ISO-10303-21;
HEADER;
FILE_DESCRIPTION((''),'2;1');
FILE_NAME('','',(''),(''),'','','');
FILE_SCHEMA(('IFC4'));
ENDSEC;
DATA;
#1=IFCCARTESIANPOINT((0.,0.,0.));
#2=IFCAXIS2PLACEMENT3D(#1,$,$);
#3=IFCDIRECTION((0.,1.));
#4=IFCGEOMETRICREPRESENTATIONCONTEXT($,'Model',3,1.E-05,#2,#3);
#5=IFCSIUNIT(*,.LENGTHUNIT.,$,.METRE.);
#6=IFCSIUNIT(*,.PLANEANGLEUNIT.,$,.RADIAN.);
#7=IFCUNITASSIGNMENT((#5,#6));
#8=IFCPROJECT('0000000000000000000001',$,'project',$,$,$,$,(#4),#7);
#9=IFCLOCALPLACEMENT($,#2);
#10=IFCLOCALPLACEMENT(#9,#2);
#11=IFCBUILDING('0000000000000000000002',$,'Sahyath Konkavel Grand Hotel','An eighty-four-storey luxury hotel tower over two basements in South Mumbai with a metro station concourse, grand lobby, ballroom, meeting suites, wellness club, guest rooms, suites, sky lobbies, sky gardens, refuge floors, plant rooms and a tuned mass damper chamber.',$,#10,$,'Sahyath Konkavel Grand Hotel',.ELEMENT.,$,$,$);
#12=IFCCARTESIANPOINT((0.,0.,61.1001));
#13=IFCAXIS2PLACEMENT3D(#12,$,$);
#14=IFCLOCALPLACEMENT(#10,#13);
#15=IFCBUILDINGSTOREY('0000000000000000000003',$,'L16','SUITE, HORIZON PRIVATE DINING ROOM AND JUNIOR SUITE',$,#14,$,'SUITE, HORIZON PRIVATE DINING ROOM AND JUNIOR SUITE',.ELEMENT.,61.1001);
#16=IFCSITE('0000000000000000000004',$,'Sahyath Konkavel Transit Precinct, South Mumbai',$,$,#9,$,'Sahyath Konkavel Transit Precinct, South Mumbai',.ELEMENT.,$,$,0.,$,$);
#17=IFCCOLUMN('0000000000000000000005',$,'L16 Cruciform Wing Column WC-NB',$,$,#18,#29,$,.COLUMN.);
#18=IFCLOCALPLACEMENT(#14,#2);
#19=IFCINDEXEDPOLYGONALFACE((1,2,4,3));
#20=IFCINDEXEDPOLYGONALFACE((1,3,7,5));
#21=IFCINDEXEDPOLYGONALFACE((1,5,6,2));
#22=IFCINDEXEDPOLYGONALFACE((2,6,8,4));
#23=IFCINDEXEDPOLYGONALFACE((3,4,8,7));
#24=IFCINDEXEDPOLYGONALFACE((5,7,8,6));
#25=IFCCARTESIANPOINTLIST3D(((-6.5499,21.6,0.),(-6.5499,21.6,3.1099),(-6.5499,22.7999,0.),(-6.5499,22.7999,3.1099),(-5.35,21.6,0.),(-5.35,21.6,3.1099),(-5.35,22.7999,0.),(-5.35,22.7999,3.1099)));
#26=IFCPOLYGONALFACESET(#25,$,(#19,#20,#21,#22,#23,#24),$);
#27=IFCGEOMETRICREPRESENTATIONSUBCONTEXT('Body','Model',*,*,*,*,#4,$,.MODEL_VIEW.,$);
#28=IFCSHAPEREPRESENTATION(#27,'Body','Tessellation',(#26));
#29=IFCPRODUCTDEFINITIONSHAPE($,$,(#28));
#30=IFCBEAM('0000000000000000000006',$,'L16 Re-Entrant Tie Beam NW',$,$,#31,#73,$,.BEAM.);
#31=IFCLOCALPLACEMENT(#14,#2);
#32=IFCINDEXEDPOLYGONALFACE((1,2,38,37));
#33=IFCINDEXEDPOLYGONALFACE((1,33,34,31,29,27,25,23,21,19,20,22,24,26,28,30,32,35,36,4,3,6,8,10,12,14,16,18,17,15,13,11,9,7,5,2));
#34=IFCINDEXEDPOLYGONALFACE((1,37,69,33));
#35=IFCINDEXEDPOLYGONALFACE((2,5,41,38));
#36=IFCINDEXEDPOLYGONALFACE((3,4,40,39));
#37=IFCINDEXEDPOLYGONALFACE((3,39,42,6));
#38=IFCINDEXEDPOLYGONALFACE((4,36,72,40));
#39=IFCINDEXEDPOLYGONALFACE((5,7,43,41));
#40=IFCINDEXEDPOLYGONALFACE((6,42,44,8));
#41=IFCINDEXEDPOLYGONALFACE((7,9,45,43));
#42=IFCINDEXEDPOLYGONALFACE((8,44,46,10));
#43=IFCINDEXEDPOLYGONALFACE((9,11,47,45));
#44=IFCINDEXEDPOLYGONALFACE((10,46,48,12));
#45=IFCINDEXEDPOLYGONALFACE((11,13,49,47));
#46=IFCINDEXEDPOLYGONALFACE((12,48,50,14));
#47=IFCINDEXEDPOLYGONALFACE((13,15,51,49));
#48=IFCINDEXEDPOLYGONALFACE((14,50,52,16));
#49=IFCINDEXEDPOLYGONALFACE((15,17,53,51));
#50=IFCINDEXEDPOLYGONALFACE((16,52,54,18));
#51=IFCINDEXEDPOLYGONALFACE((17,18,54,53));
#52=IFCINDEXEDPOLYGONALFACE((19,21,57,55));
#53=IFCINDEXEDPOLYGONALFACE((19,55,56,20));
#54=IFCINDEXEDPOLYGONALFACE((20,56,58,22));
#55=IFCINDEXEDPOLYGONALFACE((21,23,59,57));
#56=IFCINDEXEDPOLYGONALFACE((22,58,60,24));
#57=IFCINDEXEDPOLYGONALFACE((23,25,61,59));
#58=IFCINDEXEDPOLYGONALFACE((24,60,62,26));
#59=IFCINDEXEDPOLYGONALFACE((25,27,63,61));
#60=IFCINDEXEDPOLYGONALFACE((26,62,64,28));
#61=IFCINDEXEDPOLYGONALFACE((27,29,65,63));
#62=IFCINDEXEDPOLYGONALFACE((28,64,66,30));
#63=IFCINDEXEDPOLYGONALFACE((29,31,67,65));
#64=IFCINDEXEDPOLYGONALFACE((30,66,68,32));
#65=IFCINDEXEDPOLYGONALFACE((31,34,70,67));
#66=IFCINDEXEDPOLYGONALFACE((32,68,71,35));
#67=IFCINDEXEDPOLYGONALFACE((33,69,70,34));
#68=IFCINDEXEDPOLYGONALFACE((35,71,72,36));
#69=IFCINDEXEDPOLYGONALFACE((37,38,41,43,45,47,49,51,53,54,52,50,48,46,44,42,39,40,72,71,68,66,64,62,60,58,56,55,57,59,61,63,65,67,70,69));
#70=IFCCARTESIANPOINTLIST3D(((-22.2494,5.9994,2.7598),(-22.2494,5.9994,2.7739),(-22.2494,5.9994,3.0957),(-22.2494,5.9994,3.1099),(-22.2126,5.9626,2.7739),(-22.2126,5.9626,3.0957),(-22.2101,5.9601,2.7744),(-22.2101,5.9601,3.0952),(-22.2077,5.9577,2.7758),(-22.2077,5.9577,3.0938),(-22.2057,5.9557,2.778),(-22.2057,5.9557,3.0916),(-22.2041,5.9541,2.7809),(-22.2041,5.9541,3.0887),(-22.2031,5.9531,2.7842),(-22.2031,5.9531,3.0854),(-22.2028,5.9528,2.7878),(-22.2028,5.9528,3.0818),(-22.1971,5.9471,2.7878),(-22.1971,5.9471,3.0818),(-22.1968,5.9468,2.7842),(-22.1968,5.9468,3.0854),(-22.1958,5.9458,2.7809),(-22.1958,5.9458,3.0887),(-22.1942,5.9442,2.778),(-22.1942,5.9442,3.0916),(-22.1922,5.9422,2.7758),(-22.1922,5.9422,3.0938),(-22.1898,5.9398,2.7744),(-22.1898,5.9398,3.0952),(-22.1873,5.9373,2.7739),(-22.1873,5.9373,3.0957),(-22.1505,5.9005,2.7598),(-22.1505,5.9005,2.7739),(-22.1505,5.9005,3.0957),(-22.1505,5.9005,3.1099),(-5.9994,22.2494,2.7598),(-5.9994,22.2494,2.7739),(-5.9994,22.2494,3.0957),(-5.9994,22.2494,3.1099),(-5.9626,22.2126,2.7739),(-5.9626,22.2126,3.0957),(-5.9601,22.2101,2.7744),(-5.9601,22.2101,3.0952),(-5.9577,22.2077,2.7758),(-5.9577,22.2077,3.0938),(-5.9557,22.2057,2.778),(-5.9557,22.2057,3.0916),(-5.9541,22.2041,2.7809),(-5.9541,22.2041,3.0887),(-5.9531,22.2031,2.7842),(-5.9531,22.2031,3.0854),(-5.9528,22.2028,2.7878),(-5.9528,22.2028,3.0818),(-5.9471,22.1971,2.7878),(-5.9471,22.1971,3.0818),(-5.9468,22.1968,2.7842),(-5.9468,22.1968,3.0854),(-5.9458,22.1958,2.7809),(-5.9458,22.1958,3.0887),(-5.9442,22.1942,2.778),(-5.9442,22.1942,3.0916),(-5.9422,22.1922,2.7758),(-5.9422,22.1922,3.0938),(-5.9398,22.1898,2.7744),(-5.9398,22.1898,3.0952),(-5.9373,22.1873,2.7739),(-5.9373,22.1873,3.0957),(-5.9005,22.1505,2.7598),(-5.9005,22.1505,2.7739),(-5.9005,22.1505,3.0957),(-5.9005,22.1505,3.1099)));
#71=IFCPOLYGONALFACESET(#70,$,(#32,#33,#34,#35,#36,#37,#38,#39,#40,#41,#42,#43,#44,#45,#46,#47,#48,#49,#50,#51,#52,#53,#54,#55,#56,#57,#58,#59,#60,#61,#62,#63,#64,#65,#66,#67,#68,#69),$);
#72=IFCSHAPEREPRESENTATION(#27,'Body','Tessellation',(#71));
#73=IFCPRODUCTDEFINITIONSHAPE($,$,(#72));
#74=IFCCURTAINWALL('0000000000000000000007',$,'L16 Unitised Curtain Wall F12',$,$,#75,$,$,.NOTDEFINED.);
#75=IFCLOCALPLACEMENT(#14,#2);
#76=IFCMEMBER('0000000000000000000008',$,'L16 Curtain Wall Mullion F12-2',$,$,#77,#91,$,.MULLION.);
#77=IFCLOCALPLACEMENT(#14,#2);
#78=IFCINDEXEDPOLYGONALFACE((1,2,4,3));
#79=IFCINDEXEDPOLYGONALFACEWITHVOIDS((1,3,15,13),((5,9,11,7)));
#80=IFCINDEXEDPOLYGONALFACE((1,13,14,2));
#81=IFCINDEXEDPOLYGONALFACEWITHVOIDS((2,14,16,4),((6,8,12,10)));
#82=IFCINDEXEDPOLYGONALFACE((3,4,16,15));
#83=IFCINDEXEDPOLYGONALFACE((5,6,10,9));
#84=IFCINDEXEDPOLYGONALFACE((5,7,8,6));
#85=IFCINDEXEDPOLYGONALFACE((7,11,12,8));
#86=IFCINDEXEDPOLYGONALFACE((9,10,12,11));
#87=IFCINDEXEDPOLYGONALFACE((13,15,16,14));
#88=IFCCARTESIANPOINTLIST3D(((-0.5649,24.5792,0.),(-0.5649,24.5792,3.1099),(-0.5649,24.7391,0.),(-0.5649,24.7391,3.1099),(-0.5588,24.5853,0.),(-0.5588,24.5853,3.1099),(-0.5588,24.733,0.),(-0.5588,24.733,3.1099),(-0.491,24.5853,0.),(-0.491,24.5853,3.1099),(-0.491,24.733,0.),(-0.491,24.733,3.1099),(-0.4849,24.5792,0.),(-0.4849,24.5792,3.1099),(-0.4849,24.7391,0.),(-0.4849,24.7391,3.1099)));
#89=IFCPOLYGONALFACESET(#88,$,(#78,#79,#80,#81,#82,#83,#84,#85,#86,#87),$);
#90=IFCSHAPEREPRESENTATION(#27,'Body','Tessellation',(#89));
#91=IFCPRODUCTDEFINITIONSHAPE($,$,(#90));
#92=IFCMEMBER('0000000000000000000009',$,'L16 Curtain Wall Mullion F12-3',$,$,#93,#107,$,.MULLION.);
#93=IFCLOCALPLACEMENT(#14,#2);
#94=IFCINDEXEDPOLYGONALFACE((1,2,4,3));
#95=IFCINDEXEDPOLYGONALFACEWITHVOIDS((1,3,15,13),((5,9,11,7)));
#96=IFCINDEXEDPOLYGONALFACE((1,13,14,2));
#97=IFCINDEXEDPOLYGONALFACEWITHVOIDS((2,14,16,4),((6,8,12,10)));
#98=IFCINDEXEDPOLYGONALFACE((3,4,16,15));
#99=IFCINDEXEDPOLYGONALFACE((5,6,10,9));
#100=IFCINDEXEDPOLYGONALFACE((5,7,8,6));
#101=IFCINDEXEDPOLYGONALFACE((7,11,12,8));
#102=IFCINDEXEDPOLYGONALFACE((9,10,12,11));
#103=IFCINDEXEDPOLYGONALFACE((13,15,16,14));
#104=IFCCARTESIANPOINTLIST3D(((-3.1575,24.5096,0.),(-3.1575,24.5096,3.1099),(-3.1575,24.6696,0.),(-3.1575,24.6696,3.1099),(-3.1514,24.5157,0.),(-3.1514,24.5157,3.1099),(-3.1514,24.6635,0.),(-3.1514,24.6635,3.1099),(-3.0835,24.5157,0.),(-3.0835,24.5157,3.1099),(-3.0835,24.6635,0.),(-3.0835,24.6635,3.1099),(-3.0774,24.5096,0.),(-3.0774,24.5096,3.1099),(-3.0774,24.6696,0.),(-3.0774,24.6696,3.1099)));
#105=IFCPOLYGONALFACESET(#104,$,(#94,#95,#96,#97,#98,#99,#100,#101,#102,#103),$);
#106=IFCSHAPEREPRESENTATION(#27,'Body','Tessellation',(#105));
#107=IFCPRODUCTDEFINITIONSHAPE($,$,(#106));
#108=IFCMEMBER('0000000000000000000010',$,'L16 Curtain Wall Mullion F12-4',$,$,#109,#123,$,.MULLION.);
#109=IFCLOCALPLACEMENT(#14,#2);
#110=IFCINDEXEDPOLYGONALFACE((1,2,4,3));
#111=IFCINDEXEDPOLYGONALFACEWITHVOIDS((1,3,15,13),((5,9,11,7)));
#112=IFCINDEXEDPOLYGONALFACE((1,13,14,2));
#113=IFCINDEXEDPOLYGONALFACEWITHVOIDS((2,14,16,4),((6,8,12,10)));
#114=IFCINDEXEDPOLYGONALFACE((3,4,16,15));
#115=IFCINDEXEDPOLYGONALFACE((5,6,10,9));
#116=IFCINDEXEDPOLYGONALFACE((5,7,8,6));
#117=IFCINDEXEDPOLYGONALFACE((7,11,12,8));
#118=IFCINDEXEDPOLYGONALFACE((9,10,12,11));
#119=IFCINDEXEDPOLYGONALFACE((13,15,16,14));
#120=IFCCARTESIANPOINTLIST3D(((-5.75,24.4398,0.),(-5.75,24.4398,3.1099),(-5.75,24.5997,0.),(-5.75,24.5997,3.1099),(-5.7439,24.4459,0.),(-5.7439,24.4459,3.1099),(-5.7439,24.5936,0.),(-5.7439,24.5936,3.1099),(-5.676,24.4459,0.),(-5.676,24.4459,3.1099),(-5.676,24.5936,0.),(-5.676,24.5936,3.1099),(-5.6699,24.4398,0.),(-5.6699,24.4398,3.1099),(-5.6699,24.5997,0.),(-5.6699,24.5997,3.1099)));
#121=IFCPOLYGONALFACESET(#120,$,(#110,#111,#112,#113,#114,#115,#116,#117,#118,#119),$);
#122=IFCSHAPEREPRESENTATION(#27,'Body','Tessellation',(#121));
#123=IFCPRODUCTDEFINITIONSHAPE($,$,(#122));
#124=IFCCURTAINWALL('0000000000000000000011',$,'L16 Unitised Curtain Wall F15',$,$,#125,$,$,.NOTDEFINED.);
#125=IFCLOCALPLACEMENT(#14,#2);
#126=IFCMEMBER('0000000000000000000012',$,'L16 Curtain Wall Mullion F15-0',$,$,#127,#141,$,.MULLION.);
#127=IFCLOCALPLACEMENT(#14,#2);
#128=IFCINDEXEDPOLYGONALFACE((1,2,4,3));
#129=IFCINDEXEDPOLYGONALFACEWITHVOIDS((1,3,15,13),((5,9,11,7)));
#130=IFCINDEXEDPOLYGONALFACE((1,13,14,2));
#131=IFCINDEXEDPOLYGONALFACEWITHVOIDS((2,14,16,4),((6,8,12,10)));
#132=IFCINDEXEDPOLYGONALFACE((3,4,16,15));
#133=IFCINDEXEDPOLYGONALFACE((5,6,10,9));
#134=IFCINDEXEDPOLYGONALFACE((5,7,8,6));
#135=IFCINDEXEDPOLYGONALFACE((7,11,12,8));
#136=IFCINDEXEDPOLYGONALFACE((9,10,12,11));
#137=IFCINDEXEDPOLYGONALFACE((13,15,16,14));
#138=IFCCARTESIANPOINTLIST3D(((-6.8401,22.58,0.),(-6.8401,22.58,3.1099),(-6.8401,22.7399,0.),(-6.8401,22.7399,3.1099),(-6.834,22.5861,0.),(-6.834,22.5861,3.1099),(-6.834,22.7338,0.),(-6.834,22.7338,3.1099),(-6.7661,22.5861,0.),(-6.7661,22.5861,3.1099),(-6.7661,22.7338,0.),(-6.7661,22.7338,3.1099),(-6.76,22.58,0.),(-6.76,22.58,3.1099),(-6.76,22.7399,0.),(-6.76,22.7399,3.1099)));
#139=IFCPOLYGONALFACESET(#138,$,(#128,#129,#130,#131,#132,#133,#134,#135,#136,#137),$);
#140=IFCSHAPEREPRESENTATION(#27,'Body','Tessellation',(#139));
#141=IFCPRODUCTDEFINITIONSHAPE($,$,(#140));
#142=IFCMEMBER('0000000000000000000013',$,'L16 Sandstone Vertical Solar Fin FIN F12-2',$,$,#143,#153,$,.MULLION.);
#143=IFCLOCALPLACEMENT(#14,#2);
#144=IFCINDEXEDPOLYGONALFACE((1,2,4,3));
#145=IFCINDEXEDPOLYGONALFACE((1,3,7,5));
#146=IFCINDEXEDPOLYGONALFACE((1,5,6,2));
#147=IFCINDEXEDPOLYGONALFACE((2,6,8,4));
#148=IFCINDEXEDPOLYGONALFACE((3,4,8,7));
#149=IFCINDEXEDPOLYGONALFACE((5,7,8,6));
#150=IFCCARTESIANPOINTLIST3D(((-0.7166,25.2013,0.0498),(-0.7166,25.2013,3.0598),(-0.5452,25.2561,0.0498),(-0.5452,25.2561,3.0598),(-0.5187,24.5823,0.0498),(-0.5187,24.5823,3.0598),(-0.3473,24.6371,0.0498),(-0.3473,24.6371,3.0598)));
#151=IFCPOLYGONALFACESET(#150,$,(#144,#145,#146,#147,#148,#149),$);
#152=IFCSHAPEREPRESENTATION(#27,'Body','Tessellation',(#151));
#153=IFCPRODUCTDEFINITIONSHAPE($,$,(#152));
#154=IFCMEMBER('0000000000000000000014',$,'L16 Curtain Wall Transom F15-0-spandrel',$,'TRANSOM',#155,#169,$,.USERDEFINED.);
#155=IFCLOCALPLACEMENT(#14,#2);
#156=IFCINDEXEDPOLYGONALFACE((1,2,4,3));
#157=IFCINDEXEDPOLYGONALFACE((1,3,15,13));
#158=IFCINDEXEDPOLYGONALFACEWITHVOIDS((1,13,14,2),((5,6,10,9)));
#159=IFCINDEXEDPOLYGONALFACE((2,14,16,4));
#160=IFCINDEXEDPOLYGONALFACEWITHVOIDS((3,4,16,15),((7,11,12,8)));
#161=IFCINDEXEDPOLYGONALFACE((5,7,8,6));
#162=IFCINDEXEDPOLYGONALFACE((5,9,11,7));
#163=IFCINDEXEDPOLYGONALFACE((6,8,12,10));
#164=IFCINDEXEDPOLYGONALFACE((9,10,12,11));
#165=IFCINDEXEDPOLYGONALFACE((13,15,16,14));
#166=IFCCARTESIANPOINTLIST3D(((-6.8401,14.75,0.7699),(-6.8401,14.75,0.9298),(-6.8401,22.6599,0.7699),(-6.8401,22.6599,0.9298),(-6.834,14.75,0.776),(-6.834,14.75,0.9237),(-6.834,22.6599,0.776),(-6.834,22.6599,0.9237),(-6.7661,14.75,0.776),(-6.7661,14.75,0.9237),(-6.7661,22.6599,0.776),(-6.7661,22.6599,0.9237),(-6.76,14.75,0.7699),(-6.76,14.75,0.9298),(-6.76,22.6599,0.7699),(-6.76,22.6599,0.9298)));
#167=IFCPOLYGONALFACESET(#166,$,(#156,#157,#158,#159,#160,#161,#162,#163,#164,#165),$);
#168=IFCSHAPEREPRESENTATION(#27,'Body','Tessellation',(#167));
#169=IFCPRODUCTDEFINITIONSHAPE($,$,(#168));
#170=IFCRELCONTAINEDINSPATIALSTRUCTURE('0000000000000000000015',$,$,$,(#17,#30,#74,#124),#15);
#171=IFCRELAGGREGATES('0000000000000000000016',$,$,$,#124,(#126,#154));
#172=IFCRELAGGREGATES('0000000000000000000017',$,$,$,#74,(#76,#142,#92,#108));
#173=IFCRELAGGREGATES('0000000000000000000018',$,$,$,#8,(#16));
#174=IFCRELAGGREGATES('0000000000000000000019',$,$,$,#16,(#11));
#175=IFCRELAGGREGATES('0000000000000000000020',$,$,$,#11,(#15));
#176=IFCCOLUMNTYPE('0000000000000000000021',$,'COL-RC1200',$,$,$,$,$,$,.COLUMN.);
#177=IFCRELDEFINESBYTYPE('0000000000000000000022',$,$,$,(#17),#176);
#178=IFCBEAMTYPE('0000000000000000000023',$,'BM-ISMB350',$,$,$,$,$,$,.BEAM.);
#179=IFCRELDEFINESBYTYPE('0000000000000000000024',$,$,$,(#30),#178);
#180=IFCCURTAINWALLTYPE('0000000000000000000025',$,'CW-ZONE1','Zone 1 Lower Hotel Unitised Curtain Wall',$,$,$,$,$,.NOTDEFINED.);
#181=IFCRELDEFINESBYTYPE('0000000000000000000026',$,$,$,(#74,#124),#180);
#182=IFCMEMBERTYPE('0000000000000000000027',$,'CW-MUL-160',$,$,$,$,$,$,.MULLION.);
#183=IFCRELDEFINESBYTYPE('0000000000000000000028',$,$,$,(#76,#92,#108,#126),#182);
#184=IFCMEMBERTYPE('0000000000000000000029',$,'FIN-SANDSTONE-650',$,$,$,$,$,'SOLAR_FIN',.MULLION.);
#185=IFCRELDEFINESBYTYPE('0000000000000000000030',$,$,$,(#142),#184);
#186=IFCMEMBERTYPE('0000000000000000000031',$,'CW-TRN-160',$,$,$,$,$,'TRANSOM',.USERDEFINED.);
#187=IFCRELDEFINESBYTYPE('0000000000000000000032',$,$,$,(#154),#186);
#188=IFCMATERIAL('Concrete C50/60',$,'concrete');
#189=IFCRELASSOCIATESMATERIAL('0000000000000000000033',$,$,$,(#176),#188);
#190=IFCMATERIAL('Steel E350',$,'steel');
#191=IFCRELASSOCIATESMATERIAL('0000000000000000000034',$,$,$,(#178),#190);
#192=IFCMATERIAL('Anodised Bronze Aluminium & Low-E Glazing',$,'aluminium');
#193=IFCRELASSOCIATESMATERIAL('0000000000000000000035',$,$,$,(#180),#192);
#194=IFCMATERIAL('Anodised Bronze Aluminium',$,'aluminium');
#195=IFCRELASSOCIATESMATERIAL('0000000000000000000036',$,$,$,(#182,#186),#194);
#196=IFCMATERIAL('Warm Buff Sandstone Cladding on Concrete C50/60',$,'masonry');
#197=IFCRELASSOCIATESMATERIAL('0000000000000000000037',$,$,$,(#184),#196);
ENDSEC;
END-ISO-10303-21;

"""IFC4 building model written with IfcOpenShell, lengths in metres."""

from ifc_helpers import new_model, si_unit, direction, frame, origin, origin_2d, place, context, subcontext, project, spatial, rectangle, hollow_rectangle, i_section, extrude, source, transform, mapped, material, material_profile, profile_set, type_object, element, aggregate, save


model = new_model("IFC4")

# Units and contexts
model_context = context("Model", 3, precision=1e-05, world=origin(), true_north=direction((0.0, 1.0)))
body_context = subcontext(model_context, "Body", "Model", "MODEL_VIEW")
ifc_project = project(units=[si_unit("LENGTHUNIT", "METRE"), si_unit("PLANEANGLEUNIT", "RADIAN")], contexts=[model_context])

# Site, building, storey
site_placement = place(None, origin())
site = spatial("IfcSite", under=ifc_project, at=site_placement, Name="Sahyath Konkavel Transit Precinct, South Mumbai", LongName="Sahyath Konkavel Transit Precinct, South Mumbai", CompositionType="ELEMENT", RefElevation=0.0)
building_placement = place(site_placement, origin())
building = spatial("IfcBuilding", under=site, at=building_placement, Name="Sahyath Konkavel Grand Hotel", Description="An eighty-four-storey luxury hotel tower over two basements in South Mumbai with a metro station concourse, grand lobby, ballroom, meeting suites, wellness club, guest rooms, suites, sky lobbies, sky gardens, refuge floors, plant rooms and a tuned mass damper chamber.", LongName="Sahyath Konkavel Grand Hotel", CompositionType="ELEMENT")
storey_placement = place(building_placement, frame((0.0, 0.0, 61.1001)))
storey = spatial("IfcBuildingStorey", under=building, at=storey_placement, Name="L16", Description="SUITE, HORIZON PRIVATE DINING ROOM AND JUNIOR SUITE", LongName="SUITE, HORIZON PRIVATE DINING ROOM AND JUNIOR SUITE", CompositionType="ELEMENT", Elevation=61.1001)

# Column
ifc_material_1 = material(Name="Concrete C50/60", Category="concrete")
ifc_material_profile_1 = material_profile(ifc_material_1, rectangle(XDim=1.2, YDim=1.2, at=origin_2d()), Name="RC 1200x1200")
ifc_profile_set_1 = profile_set([ifc_material_profile_1], Name="Concrete C50/60")
column_type = type_object("IfcColumnType", Name="COL-RC1200", PredefinedType="COLUMN", material=ifc_profile_set_1)
shared_shape_1 = source(origin(), body_context, "Body", "SweptSolid", [
    extrude(rectangle(XDim=1.2, YDim=1.2, at=origin_2d()), origin(), (0.0, 0.0, 1.0), 3.1099),
])
column_placement = place(storey_placement, frame((-5.95, 22.2, 0.0), z_axis=(0.0, 0.0, 1.0), x_axis=(1.0, 0.0, 0.0)))
element("IfcColumn", 1, at=column_placement, inside=storey, type_object=column_type, Name="L16 Cruciform Wing Column WC-NB", PredefinedType="COLUMN", context=body_context, shape_type="MappedRepresentation", body=[
    mapped(shared_shape_1, transform((0.0, 0.0, 0.0), scale=1.0)),
])

# Beam
ifc_material_2 = material(Name="Steel E350", Category="steel")
ifc_material_profile_2 = material_profile(ifc_material_2, i_section(OverallWidth=0.1399, OverallDepth=0.3501, WebThickness=0.0081, FlangeThickness=0.0142, FilletRadius=0.0139, at=origin_2d()), Name="ISMB 350")
ifc_profile_set_2 = profile_set([ifc_material_profile_2], Name="Steel E350")
beam_type = type_object("IfcBeamType", Name="BM-ISMB350", PredefinedType="BEAM", material=ifc_profile_set_2)
shared_shape_2 = source(origin(), body_context, "Body", "SweptSolid", [
    extrude(i_section(OverallWidth=0.1399, OverallDepth=0.3501, WebThickness=0.0081, FlangeThickness=0.0142, FilletRadius=0.0139, at=origin_2d()), origin(), (0.0, 0.0, 1.0), 22.981),
])
beam_placement = place(storey_placement, frame((-5.95, 22.2, 2.9348), z_axis=(-0.707107, -0.707107, 0.0), x_axis=(0.707107, -0.707107, 0.0)))
element("IfcBeam", 2, at=beam_placement, inside=storey, type_object=beam_type, Name="L16 Re-Entrant Tie Beam NW", PredefinedType="BEAM", context=body_context, shape_type="MappedRepresentation", body=[
    mapped(shared_shape_2, transform((0.0, 0.0, 0.0), scale=1.0)),
])

# Curtain wall, members
ifc_material_3 = material(Name="Anodised Bronze Aluminium & Low-E Glazing", Category="aluminium")
curtain_wall_type = type_object("IfcCurtainWallType", Name="CW-ZONE1", Description="Zone 1 Lower Hotel Unitised Curtain Wall", PredefinedType="NOTDEFINED", material=ifc_material_3)
curtain_wall_1_placement = place(storey_placement, origin())
curtain_wall_1 = element("IfcCurtainWall", 3, at=curtain_wall_1_placement, inside=storey, type_object=curtain_wall_type, Name="L16 Unitised Curtain Wall F12", PredefinedType="NOTDEFINED")
ifc_material_4 = material(Name="Anodised Bronze Aluminium", Category="aluminium")
ifc_material_profile_3 = material_profile(ifc_material_4, hollow_rectangle(XDim=0.0801, YDim=0.1599, WallThickness=0.0061, at=origin_2d()), Name="RHS 160x80x6")
ifc_profile_set_3 = profile_set([ifc_material_profile_3], Name="Anodised Bronze Aluminium")
member_type_1 = type_object("IfcMemberType", Name="CW-MUL-160", PredefinedType="MULLION", material=ifc_profile_set_3)
shared_shape_3 = source(origin(), body_context, "Body", "SweptSolid", [
    extrude(hollow_rectangle(XDim=0.0801, YDim=0.1599, WallThickness=0.0061, at=origin_2d()), origin(), (0.0, 0.0, 1.0), 3.1099),
])
member_1_placement = place(storey_placement, frame((-0.5249, 24.6592, 0.0), z_axis=(0.0, 0.0, 1.0), x_axis=(1.0, 0.0, 0.0)))
member_1 = element("IfcMember", 4, at=member_1_placement, type_object=member_type_1, Name="L16 Curtain Wall Mullion F12-2", PredefinedType="MULLION", context=body_context, shape_type="MappedRepresentation", body=[
    mapped(shared_shape_3, transform((0.0, 0.0, 0.0), scale=1.0)),
])
member_2_placement = place(storey_placement, frame((-3.1174, 24.5896, 0.0), z_axis=(0.0, 0.0, 1.0), x_axis=(1.0, 0.0, 0.0)))
member_2 = element("IfcMember", 5, at=member_2_placement, type_object=member_type_1, Name="L16 Curtain Wall Mullion F12-3", PredefinedType="MULLION", context=body_context, shape_type="MappedRepresentation", body=[
    mapped(shared_shape_3, transform((0.0, 0.0, 0.0), scale=1.0)),
])
member_3_placement = place(storey_placement, frame((-5.71, 24.5198, 0.0), z_axis=(0.0, 0.0, 1.0), x_axis=(1.0, 0.0, 0.0)))
member_3 = element("IfcMember", 6, at=member_3_placement, type_object=member_type_1, Name="L16 Curtain Wall Mullion F12-4", PredefinedType="MULLION", context=body_context, shape_type="MappedRepresentation", body=[
    mapped(shared_shape_3, transform((0.0, 0.0, 0.0), scale=1.0)),
])

# Curtain wall, member
curtain_wall_2_placement = place(storey_placement, origin())
curtain_wall_2 = element("IfcCurtainWall", 7, at=curtain_wall_2_placement, inside=storey, type_object=curtain_wall_type, Name="L16 Unitised Curtain Wall F15", PredefinedType="NOTDEFINED")
member_4_placement = place(storey_placement, frame((-6.8, 22.6599, 0.0), z_axis=(0.0, 0.0, 1.0), x_axis=(1.0, 0.0, 0.0)))
member_4 = element("IfcMember", 8, at=member_4_placement, type_object=member_type_1, Name="L16 Curtain Wall Mullion F15-0", PredefinedType="MULLION", context=body_context, shape_type="MappedRepresentation", body=[
    mapped(shared_shape_3, transform((0.0, 0.0, 0.0), scale=1.0)),
])

# Members
ifc_material_5 = material(Name="Warm Buff Sandstone Cladding on Concrete C50/60", Category="masonry")
ifc_material_profile_4 = material_profile(ifc_material_5, rectangle(XDim=0.1799, YDim=0.6499, at=origin_2d()), Name="FIN 180x650")
ifc_profile_set_4 = profile_set([ifc_material_profile_4], Name="Warm Buff Sandstone Cladding on Concrete C50/60")
member_type_2 = type_object("IfcMemberType", Name="FIN-SANDSTONE-650", ElementType="SOLAR_FIN", PredefinedType="MULLION", material=ifc_profile_set_4)
shared_shape_4 = source(origin(), body_context, "Body", "SweptSolid", [
    extrude(rectangle(XDim=0.1799, YDim=0.6499, at=origin_2d()), origin(), (0.0, 0.0, 1.0), 3.01),
])
member_5_placement = place(storey_placement, frame((-0.532, 24.9192, 0.0498), z_axis=(0.0, 0.0, 1.0), x_axis=(0.952502, 0.304532, 0.0)))
member_5 = element("IfcMember", 9, at=member_5_placement, type_object=member_type_2, Name="L16 Sandstone Vertical Solar Fin FIN F12-2", PredefinedType="MULLION", context=body_context, shape_type="MappedRepresentation", body=[
    mapped(shared_shape_4, transform((0.0, 0.0, 0.0), scale=1.0)),
])
ifc_material_profile_5 = material_profile(ifc_material_4, hollow_rectangle(XDim=0.0801, YDim=0.1599, WallThickness=0.0061, at=origin_2d()), Name="RHS 160x80x6")
ifc_profile_set_5 = profile_set([ifc_material_profile_5], Name="Anodised Bronze Aluminium")
member_type_3 = type_object("IfcMemberType", Name="CW-TRN-160", ElementType="TRANSOM", PredefinedType="USERDEFINED", material=ifc_profile_set_5)
shared_shape_5 = source(origin(), body_context, "Body", "SweptSolid", [
    extrude(hollow_rectangle(XDim=0.0801, YDim=0.1599, WallThickness=0.0061, at=origin_2d()), origin(), (0.0, 0.0, 1.0), 7.9099),
])
member_6_placement = place(storey_placement, frame((-6.8, 22.6599, 0.8499), z_axis=(0.0, -1.0, 0.0), x_axis=(1.0, 0.0, 0.0)))
member_6 = element("IfcMember", 10, at=member_6_placement, type_object=member_type_3, Name="L16 Curtain Wall Transom F15-0-spandrel", ObjectType="TRANSOM", PredefinedType="USERDEFINED", context=body_context, shape_type="MappedRepresentation", body=[
    mapped(shared_shape_5, transform((0.0, 0.0, 0.0), scale=1.0)),
])

aggregate(curtain_wall_2, [member_4, member_6])
aggregate(curtain_wall_1, [member_1, member_5, member_2, member_3])

save(model, "model.ifc")
